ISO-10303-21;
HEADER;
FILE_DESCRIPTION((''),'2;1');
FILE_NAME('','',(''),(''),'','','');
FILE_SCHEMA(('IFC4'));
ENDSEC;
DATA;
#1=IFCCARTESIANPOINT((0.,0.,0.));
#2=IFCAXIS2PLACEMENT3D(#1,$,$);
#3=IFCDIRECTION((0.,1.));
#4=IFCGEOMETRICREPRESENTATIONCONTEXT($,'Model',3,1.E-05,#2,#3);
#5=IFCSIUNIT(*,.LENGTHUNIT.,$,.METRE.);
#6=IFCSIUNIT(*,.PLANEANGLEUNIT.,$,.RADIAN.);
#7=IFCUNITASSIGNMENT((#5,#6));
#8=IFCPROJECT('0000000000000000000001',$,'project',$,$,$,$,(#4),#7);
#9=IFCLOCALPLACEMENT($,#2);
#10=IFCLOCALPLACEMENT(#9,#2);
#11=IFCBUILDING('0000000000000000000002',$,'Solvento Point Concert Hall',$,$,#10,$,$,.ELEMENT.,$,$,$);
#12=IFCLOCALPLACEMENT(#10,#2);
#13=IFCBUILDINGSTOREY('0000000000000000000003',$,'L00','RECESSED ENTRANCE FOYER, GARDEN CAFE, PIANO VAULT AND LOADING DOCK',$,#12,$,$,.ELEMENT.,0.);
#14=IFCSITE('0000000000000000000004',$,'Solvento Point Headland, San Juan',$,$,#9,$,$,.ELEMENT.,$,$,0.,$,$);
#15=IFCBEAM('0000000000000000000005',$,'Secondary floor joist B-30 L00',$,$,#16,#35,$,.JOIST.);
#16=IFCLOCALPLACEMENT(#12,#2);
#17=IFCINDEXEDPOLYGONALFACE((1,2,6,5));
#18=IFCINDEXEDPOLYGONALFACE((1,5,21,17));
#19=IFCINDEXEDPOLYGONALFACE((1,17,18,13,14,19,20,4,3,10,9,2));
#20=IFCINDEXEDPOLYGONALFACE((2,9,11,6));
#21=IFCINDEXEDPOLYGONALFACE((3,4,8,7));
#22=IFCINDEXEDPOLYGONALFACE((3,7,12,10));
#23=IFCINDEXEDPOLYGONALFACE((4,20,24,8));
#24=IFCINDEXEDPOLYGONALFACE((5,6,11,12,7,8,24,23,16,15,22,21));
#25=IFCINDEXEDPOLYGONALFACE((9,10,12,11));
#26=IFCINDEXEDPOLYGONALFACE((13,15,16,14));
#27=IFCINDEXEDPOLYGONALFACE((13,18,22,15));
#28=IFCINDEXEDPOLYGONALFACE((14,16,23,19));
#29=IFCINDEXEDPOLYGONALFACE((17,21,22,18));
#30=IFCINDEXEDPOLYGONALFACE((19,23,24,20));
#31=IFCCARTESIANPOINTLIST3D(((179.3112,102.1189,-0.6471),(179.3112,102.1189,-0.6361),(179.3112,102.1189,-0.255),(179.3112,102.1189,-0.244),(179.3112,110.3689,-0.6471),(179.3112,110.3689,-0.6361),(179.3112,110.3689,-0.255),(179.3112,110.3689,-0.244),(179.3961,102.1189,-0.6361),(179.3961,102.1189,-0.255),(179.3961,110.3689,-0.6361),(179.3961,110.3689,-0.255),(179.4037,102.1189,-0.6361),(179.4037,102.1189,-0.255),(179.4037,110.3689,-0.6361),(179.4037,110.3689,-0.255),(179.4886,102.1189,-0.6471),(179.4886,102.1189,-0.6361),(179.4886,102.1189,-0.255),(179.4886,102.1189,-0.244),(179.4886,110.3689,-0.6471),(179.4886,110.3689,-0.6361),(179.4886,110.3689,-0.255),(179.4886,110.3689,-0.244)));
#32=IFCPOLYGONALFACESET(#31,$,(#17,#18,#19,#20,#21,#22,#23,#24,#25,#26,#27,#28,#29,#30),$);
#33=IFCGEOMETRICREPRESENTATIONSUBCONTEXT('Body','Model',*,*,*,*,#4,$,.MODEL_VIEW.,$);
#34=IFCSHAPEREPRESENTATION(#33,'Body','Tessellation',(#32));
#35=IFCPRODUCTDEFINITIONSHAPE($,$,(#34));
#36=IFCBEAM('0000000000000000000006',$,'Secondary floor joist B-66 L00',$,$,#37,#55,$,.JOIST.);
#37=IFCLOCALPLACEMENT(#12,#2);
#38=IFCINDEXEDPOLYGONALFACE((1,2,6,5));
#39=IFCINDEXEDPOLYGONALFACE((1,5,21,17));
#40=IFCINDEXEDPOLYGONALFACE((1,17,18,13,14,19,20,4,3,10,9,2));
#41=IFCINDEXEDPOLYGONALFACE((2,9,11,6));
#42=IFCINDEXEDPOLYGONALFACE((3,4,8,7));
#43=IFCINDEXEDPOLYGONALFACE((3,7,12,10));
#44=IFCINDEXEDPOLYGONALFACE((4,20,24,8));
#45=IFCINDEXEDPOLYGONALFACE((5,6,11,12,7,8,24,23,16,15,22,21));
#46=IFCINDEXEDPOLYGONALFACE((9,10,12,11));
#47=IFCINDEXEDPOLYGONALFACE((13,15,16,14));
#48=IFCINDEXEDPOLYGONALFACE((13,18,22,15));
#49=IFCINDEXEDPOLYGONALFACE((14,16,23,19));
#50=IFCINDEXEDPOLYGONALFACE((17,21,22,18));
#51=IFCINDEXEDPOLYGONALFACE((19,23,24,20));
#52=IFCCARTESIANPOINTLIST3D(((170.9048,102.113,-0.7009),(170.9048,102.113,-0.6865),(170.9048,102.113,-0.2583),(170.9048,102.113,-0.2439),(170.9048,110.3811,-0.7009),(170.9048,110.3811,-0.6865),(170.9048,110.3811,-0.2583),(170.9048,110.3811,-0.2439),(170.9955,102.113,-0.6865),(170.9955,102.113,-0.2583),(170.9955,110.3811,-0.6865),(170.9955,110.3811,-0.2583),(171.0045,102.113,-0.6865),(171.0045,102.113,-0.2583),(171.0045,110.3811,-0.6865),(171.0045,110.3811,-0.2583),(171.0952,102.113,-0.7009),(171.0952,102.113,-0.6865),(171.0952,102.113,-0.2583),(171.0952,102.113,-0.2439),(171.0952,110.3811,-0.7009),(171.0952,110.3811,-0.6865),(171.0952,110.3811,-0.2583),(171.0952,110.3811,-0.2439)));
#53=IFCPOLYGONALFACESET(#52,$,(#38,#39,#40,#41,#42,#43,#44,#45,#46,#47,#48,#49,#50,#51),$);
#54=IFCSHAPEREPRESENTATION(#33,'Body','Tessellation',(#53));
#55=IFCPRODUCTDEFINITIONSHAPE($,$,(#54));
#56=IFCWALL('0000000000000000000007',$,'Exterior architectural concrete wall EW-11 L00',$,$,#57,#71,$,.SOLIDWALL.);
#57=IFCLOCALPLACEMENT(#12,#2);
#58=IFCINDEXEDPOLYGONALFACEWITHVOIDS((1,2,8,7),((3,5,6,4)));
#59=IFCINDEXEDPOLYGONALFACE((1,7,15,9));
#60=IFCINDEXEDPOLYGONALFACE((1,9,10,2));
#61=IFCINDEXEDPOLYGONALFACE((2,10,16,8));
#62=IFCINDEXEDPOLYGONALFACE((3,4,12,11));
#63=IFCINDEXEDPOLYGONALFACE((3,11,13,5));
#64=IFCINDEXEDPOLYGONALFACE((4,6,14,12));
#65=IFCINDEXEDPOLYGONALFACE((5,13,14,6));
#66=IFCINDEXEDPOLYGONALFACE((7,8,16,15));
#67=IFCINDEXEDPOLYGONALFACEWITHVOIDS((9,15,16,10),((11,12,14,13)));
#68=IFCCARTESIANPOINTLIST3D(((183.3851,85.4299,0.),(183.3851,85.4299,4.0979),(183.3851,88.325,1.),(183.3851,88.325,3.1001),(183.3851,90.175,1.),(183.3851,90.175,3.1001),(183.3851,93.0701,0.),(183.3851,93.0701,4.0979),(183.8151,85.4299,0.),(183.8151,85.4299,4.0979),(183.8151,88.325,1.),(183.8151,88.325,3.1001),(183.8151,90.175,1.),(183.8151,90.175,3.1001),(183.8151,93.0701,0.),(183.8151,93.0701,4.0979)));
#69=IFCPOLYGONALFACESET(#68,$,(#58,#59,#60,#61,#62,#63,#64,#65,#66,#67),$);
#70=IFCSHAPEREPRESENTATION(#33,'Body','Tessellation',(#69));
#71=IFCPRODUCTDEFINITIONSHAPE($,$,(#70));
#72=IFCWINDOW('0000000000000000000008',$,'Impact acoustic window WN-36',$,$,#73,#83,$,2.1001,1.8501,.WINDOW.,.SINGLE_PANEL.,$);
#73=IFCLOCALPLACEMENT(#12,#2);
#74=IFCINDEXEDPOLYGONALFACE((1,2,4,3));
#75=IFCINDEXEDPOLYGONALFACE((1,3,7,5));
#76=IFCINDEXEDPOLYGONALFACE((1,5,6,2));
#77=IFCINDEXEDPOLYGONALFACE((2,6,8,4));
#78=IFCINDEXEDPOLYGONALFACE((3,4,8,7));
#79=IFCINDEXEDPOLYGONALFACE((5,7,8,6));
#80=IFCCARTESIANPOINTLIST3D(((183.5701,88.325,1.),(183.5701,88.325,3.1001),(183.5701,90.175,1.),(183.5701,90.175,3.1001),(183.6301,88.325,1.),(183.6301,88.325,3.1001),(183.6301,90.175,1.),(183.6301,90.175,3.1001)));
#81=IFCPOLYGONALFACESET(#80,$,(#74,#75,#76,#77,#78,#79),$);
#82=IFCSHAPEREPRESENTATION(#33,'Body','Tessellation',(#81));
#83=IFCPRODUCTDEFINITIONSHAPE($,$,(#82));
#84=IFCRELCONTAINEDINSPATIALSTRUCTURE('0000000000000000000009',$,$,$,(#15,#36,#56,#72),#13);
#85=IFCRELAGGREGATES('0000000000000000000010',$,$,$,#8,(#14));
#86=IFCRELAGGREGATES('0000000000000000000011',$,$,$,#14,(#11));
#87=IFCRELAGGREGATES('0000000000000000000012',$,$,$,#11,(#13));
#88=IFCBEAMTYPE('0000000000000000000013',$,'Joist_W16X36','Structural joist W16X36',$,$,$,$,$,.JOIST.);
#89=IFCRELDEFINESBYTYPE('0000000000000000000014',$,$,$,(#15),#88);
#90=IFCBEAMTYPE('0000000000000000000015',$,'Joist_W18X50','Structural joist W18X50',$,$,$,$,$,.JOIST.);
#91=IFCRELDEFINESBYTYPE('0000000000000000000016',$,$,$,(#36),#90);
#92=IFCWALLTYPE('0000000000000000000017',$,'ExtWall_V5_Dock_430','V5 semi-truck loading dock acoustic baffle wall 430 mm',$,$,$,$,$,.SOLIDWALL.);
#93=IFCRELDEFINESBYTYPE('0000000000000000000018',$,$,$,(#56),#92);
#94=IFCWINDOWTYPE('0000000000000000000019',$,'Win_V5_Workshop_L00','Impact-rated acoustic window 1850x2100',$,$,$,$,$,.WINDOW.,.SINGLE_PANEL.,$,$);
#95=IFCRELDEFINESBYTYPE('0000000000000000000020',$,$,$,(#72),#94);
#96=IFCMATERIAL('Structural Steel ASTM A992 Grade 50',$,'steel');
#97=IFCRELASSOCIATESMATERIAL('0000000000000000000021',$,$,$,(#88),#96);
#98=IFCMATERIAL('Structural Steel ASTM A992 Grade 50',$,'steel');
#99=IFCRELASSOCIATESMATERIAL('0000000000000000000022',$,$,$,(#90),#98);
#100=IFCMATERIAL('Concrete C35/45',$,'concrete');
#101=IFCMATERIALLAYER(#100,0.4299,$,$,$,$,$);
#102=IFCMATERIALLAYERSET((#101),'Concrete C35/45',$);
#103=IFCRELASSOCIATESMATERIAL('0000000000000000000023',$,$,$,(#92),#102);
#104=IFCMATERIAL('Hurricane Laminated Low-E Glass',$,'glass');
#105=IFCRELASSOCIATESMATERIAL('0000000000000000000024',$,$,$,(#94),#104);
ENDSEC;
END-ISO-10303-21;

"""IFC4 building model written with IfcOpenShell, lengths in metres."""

from ifc_helpers import new_model, si_unit, direction, frame, frame_2d, origin, origin_2d, place, context, subcontext, project, spatial, rectangle, i_section, extrude, material, layer, layer_set, material_profile, profile_set, type_object, element, fill, save


model = new_model("IFC4")

# Units and contexts
model_context = context("Model", 3, precision=1e-05, world=origin(), true_north=direction((0.0, 1.0)))
body_context = subcontext(model_context, "Body", "Model", "MODEL_VIEW")
ifc_project = project(units=[si_unit("LENGTHUNIT", "METRE"), si_unit("PLANEANGLEUNIT", "RADIAN")], contexts=[model_context])

# Site, building, storey
site_placement = place(None, origin())
site = spatial("IfcSite", under=ifc_project, at=site_placement, Name="Solvento Point Headland, San Juan", CompositionType="ELEMENT", RefElevation=0.0)
building_placement = place(site_placement, origin())
building = spatial("IfcBuilding", under=site, at=building_placement, Name="Solvento Point Concert Hall", CompositionType="ELEMENT")
storey_placement = place(building_placement, origin())
storey = spatial("IfcBuildingStorey", under=building, at=storey_placement, Name="L00", Description="RECESSED ENTRANCE FOYER, GARDEN CAFE, PIANO VAULT AND LOADING DOCK", CompositionType="ELEMENT", Elevation=0.0)

# Beams
ifc_material_1 = material(Name="Structural Steel ASTM A992 Grade 50", Category="steel")
ifc_material_profile_1 = material_profile(ifc_material_1, i_section(OverallWidth=0.1775, OverallDepth=0.4031, WebThickness=0.0076, FlangeThickness=0.011, at=origin_2d()), Name="W16X36")
ifc_profile_set_1 = profile_set([ifc_material_profile_1], Name="Structural Steel ASTM A992 Grade 50")
beam_type_1 = type_object("IfcBeamType", Name="Joist_W16X36", Description="Structural joist W16X36", PredefinedType="JOIST", material=ifc_profile_set_1)
for number, where, z_axis, x_axis, name in (
    (1, (179.3999, 102.1189, -0.4456), (0.0, 1.0, 0.0), (-1.0, 0.0, 0.0), "Secondary floor joist B-30 L00"),
):
    element("IfcBeam", number, at=place(storey_placement, frame(where, z_axis=z_axis, x_axis=x_axis)), inside=storey, type_object=beam_type_1, Name=name, PredefinedType="JOIST", context=body_context, shape_type="SweptSolid", body=[
        extrude(i_section(OverallWidth=0.1775, OverallDepth=0.4031, WebThickness=0.0076, FlangeThickness=0.011, at=origin_2d()), origin(), (0.0, 0.0, 1.0), 8.25),
    ])
ifc_material_2 = material(Name="Structural Steel ASTM A992 Grade 50", Category="steel")
ifc_material_profile_2 = material_profile(ifc_material_2, i_section(OverallWidth=0.1904, OverallDepth=0.457, WebThickness=0.009, FlangeThickness=0.0144, at=origin_2d()), Name="W18X50")
ifc_profile_set_2 = profile_set([ifc_material_profile_2], Name="Structural Steel ASTM A992 Grade 50")
beam_type_2 = type_object("IfcBeamType", Name="Joist_W18X50", Description="Structural joist W18X50", PredefinedType="JOIST", material=ifc_profile_set_2)
beam_1_placement = place(storey_placement, frame((171.0, 102.113, -0.4724), z_axis=(0.0, 1.0, 0.0), x_axis=(-1.0, 0.0, 0.0)))
element("IfcBeam", 2, at=beam_1_placement, inside=storey, type_object=beam_type_2, Name="Secondary floor joist B-66 L00", PredefinedType="JOIST", context=body_context, shape_type="SweptSolid", body=[
    extrude(i_section(OverallWidth=0.1904, OverallDepth=0.457, WebThickness=0.009, FlangeThickness=0.0144, at=origin_2d()), origin(), (0.0, 0.0, 1.0), 8.2681),
])

# Wall, opening, window
ifc_material_3 = material(Name="Concrete C35/45", Category="concrete")
ifc_layer = layer(ifc_material_3, 0.4299)
ifc_layer_set = layer_set([ifc_layer], Name="Concrete C35/45")
wall_type = type_object("IfcWallType", Name="ExtWall_V5_Dock_430", Description="V5 semi-truck loading dock acoustic baffle wall 430 mm", PredefinedType="SOLIDWALL", material=ifc_layer_set)
wall_placement = place(storey_placement, frame((183.6001, 85.4299, 0.0), z_axis=(0.0, 0.0, 1.0), x_axis=(0.0, 1.0, 0.0)))
wall = element("IfcWall", 3, at=wall_placement, inside=storey, type_object=wall_type, Name="Exterior architectural concrete wall EW-11 L00", PredefinedType="SOLIDWALL", context=body_context, shape_type="SweptSolid", body=[
    extrude(rectangle(XDim=7.6401, YDim=0.4299, at=frame_2d((3.8201, 0.0))), origin(), (0.0, 0.0, 1.0), 4.0979),
])
opening_placement = place(wall_placement, frame((2.895, 0.0, 1.0)))
opening = element("IfcOpeningElement", 4, at=opening_placement, cuts=wall, PredefinedType="OPENING", context=body_context, shape_type="SweptSolid", body=[
    extrude(rectangle(XDim=1.8501, YDim=2.1001, at=frame_2d((0.925, 1.05))), frame((0.0, 0.2249, 0.0), z_axis=(0.0, -1.0, 0.0), x_axis=(1.0, 0.0, 0.0)), (0.0, 0.0, 1.0), 0.45),
])
ifc_material_4 = material(Name="Hurricane Laminated Low-E Glass", Category="glass")
window_type = type_object("IfcWindowType", Name="Win_V5_Workshop_L00", Description="Impact-rated acoustic window 1850x2100", PartitioningType="SINGLE_PANEL", PredefinedType="WINDOW", material=ifc_material_4)
window_placement = place(opening_placement, origin())
window = element("IfcWindow", 5, at=window_placement, inside=storey, type_object=window_type, Name="Impact acoustic window WN-36", OverallHeight=2.1001, OverallWidth=1.8501, PartitioningType="SINGLE_PANEL", PredefinedType="WINDOW", context=body_context, shape_type="SweptSolid", body=[
    extrude(rectangle(XDim=1.8501, YDim=2.1001, at=frame_2d((0.925, 1.05))), frame((0.0, 0.03, 0.0), z_axis=(0.0, -1.0, 0.0), x_axis=(1.0, 0.0, 0.0)), (0.0, 0.0, 1.0), 0.0601),
])
fill(opening, window)

save(model, "model.ifc")
